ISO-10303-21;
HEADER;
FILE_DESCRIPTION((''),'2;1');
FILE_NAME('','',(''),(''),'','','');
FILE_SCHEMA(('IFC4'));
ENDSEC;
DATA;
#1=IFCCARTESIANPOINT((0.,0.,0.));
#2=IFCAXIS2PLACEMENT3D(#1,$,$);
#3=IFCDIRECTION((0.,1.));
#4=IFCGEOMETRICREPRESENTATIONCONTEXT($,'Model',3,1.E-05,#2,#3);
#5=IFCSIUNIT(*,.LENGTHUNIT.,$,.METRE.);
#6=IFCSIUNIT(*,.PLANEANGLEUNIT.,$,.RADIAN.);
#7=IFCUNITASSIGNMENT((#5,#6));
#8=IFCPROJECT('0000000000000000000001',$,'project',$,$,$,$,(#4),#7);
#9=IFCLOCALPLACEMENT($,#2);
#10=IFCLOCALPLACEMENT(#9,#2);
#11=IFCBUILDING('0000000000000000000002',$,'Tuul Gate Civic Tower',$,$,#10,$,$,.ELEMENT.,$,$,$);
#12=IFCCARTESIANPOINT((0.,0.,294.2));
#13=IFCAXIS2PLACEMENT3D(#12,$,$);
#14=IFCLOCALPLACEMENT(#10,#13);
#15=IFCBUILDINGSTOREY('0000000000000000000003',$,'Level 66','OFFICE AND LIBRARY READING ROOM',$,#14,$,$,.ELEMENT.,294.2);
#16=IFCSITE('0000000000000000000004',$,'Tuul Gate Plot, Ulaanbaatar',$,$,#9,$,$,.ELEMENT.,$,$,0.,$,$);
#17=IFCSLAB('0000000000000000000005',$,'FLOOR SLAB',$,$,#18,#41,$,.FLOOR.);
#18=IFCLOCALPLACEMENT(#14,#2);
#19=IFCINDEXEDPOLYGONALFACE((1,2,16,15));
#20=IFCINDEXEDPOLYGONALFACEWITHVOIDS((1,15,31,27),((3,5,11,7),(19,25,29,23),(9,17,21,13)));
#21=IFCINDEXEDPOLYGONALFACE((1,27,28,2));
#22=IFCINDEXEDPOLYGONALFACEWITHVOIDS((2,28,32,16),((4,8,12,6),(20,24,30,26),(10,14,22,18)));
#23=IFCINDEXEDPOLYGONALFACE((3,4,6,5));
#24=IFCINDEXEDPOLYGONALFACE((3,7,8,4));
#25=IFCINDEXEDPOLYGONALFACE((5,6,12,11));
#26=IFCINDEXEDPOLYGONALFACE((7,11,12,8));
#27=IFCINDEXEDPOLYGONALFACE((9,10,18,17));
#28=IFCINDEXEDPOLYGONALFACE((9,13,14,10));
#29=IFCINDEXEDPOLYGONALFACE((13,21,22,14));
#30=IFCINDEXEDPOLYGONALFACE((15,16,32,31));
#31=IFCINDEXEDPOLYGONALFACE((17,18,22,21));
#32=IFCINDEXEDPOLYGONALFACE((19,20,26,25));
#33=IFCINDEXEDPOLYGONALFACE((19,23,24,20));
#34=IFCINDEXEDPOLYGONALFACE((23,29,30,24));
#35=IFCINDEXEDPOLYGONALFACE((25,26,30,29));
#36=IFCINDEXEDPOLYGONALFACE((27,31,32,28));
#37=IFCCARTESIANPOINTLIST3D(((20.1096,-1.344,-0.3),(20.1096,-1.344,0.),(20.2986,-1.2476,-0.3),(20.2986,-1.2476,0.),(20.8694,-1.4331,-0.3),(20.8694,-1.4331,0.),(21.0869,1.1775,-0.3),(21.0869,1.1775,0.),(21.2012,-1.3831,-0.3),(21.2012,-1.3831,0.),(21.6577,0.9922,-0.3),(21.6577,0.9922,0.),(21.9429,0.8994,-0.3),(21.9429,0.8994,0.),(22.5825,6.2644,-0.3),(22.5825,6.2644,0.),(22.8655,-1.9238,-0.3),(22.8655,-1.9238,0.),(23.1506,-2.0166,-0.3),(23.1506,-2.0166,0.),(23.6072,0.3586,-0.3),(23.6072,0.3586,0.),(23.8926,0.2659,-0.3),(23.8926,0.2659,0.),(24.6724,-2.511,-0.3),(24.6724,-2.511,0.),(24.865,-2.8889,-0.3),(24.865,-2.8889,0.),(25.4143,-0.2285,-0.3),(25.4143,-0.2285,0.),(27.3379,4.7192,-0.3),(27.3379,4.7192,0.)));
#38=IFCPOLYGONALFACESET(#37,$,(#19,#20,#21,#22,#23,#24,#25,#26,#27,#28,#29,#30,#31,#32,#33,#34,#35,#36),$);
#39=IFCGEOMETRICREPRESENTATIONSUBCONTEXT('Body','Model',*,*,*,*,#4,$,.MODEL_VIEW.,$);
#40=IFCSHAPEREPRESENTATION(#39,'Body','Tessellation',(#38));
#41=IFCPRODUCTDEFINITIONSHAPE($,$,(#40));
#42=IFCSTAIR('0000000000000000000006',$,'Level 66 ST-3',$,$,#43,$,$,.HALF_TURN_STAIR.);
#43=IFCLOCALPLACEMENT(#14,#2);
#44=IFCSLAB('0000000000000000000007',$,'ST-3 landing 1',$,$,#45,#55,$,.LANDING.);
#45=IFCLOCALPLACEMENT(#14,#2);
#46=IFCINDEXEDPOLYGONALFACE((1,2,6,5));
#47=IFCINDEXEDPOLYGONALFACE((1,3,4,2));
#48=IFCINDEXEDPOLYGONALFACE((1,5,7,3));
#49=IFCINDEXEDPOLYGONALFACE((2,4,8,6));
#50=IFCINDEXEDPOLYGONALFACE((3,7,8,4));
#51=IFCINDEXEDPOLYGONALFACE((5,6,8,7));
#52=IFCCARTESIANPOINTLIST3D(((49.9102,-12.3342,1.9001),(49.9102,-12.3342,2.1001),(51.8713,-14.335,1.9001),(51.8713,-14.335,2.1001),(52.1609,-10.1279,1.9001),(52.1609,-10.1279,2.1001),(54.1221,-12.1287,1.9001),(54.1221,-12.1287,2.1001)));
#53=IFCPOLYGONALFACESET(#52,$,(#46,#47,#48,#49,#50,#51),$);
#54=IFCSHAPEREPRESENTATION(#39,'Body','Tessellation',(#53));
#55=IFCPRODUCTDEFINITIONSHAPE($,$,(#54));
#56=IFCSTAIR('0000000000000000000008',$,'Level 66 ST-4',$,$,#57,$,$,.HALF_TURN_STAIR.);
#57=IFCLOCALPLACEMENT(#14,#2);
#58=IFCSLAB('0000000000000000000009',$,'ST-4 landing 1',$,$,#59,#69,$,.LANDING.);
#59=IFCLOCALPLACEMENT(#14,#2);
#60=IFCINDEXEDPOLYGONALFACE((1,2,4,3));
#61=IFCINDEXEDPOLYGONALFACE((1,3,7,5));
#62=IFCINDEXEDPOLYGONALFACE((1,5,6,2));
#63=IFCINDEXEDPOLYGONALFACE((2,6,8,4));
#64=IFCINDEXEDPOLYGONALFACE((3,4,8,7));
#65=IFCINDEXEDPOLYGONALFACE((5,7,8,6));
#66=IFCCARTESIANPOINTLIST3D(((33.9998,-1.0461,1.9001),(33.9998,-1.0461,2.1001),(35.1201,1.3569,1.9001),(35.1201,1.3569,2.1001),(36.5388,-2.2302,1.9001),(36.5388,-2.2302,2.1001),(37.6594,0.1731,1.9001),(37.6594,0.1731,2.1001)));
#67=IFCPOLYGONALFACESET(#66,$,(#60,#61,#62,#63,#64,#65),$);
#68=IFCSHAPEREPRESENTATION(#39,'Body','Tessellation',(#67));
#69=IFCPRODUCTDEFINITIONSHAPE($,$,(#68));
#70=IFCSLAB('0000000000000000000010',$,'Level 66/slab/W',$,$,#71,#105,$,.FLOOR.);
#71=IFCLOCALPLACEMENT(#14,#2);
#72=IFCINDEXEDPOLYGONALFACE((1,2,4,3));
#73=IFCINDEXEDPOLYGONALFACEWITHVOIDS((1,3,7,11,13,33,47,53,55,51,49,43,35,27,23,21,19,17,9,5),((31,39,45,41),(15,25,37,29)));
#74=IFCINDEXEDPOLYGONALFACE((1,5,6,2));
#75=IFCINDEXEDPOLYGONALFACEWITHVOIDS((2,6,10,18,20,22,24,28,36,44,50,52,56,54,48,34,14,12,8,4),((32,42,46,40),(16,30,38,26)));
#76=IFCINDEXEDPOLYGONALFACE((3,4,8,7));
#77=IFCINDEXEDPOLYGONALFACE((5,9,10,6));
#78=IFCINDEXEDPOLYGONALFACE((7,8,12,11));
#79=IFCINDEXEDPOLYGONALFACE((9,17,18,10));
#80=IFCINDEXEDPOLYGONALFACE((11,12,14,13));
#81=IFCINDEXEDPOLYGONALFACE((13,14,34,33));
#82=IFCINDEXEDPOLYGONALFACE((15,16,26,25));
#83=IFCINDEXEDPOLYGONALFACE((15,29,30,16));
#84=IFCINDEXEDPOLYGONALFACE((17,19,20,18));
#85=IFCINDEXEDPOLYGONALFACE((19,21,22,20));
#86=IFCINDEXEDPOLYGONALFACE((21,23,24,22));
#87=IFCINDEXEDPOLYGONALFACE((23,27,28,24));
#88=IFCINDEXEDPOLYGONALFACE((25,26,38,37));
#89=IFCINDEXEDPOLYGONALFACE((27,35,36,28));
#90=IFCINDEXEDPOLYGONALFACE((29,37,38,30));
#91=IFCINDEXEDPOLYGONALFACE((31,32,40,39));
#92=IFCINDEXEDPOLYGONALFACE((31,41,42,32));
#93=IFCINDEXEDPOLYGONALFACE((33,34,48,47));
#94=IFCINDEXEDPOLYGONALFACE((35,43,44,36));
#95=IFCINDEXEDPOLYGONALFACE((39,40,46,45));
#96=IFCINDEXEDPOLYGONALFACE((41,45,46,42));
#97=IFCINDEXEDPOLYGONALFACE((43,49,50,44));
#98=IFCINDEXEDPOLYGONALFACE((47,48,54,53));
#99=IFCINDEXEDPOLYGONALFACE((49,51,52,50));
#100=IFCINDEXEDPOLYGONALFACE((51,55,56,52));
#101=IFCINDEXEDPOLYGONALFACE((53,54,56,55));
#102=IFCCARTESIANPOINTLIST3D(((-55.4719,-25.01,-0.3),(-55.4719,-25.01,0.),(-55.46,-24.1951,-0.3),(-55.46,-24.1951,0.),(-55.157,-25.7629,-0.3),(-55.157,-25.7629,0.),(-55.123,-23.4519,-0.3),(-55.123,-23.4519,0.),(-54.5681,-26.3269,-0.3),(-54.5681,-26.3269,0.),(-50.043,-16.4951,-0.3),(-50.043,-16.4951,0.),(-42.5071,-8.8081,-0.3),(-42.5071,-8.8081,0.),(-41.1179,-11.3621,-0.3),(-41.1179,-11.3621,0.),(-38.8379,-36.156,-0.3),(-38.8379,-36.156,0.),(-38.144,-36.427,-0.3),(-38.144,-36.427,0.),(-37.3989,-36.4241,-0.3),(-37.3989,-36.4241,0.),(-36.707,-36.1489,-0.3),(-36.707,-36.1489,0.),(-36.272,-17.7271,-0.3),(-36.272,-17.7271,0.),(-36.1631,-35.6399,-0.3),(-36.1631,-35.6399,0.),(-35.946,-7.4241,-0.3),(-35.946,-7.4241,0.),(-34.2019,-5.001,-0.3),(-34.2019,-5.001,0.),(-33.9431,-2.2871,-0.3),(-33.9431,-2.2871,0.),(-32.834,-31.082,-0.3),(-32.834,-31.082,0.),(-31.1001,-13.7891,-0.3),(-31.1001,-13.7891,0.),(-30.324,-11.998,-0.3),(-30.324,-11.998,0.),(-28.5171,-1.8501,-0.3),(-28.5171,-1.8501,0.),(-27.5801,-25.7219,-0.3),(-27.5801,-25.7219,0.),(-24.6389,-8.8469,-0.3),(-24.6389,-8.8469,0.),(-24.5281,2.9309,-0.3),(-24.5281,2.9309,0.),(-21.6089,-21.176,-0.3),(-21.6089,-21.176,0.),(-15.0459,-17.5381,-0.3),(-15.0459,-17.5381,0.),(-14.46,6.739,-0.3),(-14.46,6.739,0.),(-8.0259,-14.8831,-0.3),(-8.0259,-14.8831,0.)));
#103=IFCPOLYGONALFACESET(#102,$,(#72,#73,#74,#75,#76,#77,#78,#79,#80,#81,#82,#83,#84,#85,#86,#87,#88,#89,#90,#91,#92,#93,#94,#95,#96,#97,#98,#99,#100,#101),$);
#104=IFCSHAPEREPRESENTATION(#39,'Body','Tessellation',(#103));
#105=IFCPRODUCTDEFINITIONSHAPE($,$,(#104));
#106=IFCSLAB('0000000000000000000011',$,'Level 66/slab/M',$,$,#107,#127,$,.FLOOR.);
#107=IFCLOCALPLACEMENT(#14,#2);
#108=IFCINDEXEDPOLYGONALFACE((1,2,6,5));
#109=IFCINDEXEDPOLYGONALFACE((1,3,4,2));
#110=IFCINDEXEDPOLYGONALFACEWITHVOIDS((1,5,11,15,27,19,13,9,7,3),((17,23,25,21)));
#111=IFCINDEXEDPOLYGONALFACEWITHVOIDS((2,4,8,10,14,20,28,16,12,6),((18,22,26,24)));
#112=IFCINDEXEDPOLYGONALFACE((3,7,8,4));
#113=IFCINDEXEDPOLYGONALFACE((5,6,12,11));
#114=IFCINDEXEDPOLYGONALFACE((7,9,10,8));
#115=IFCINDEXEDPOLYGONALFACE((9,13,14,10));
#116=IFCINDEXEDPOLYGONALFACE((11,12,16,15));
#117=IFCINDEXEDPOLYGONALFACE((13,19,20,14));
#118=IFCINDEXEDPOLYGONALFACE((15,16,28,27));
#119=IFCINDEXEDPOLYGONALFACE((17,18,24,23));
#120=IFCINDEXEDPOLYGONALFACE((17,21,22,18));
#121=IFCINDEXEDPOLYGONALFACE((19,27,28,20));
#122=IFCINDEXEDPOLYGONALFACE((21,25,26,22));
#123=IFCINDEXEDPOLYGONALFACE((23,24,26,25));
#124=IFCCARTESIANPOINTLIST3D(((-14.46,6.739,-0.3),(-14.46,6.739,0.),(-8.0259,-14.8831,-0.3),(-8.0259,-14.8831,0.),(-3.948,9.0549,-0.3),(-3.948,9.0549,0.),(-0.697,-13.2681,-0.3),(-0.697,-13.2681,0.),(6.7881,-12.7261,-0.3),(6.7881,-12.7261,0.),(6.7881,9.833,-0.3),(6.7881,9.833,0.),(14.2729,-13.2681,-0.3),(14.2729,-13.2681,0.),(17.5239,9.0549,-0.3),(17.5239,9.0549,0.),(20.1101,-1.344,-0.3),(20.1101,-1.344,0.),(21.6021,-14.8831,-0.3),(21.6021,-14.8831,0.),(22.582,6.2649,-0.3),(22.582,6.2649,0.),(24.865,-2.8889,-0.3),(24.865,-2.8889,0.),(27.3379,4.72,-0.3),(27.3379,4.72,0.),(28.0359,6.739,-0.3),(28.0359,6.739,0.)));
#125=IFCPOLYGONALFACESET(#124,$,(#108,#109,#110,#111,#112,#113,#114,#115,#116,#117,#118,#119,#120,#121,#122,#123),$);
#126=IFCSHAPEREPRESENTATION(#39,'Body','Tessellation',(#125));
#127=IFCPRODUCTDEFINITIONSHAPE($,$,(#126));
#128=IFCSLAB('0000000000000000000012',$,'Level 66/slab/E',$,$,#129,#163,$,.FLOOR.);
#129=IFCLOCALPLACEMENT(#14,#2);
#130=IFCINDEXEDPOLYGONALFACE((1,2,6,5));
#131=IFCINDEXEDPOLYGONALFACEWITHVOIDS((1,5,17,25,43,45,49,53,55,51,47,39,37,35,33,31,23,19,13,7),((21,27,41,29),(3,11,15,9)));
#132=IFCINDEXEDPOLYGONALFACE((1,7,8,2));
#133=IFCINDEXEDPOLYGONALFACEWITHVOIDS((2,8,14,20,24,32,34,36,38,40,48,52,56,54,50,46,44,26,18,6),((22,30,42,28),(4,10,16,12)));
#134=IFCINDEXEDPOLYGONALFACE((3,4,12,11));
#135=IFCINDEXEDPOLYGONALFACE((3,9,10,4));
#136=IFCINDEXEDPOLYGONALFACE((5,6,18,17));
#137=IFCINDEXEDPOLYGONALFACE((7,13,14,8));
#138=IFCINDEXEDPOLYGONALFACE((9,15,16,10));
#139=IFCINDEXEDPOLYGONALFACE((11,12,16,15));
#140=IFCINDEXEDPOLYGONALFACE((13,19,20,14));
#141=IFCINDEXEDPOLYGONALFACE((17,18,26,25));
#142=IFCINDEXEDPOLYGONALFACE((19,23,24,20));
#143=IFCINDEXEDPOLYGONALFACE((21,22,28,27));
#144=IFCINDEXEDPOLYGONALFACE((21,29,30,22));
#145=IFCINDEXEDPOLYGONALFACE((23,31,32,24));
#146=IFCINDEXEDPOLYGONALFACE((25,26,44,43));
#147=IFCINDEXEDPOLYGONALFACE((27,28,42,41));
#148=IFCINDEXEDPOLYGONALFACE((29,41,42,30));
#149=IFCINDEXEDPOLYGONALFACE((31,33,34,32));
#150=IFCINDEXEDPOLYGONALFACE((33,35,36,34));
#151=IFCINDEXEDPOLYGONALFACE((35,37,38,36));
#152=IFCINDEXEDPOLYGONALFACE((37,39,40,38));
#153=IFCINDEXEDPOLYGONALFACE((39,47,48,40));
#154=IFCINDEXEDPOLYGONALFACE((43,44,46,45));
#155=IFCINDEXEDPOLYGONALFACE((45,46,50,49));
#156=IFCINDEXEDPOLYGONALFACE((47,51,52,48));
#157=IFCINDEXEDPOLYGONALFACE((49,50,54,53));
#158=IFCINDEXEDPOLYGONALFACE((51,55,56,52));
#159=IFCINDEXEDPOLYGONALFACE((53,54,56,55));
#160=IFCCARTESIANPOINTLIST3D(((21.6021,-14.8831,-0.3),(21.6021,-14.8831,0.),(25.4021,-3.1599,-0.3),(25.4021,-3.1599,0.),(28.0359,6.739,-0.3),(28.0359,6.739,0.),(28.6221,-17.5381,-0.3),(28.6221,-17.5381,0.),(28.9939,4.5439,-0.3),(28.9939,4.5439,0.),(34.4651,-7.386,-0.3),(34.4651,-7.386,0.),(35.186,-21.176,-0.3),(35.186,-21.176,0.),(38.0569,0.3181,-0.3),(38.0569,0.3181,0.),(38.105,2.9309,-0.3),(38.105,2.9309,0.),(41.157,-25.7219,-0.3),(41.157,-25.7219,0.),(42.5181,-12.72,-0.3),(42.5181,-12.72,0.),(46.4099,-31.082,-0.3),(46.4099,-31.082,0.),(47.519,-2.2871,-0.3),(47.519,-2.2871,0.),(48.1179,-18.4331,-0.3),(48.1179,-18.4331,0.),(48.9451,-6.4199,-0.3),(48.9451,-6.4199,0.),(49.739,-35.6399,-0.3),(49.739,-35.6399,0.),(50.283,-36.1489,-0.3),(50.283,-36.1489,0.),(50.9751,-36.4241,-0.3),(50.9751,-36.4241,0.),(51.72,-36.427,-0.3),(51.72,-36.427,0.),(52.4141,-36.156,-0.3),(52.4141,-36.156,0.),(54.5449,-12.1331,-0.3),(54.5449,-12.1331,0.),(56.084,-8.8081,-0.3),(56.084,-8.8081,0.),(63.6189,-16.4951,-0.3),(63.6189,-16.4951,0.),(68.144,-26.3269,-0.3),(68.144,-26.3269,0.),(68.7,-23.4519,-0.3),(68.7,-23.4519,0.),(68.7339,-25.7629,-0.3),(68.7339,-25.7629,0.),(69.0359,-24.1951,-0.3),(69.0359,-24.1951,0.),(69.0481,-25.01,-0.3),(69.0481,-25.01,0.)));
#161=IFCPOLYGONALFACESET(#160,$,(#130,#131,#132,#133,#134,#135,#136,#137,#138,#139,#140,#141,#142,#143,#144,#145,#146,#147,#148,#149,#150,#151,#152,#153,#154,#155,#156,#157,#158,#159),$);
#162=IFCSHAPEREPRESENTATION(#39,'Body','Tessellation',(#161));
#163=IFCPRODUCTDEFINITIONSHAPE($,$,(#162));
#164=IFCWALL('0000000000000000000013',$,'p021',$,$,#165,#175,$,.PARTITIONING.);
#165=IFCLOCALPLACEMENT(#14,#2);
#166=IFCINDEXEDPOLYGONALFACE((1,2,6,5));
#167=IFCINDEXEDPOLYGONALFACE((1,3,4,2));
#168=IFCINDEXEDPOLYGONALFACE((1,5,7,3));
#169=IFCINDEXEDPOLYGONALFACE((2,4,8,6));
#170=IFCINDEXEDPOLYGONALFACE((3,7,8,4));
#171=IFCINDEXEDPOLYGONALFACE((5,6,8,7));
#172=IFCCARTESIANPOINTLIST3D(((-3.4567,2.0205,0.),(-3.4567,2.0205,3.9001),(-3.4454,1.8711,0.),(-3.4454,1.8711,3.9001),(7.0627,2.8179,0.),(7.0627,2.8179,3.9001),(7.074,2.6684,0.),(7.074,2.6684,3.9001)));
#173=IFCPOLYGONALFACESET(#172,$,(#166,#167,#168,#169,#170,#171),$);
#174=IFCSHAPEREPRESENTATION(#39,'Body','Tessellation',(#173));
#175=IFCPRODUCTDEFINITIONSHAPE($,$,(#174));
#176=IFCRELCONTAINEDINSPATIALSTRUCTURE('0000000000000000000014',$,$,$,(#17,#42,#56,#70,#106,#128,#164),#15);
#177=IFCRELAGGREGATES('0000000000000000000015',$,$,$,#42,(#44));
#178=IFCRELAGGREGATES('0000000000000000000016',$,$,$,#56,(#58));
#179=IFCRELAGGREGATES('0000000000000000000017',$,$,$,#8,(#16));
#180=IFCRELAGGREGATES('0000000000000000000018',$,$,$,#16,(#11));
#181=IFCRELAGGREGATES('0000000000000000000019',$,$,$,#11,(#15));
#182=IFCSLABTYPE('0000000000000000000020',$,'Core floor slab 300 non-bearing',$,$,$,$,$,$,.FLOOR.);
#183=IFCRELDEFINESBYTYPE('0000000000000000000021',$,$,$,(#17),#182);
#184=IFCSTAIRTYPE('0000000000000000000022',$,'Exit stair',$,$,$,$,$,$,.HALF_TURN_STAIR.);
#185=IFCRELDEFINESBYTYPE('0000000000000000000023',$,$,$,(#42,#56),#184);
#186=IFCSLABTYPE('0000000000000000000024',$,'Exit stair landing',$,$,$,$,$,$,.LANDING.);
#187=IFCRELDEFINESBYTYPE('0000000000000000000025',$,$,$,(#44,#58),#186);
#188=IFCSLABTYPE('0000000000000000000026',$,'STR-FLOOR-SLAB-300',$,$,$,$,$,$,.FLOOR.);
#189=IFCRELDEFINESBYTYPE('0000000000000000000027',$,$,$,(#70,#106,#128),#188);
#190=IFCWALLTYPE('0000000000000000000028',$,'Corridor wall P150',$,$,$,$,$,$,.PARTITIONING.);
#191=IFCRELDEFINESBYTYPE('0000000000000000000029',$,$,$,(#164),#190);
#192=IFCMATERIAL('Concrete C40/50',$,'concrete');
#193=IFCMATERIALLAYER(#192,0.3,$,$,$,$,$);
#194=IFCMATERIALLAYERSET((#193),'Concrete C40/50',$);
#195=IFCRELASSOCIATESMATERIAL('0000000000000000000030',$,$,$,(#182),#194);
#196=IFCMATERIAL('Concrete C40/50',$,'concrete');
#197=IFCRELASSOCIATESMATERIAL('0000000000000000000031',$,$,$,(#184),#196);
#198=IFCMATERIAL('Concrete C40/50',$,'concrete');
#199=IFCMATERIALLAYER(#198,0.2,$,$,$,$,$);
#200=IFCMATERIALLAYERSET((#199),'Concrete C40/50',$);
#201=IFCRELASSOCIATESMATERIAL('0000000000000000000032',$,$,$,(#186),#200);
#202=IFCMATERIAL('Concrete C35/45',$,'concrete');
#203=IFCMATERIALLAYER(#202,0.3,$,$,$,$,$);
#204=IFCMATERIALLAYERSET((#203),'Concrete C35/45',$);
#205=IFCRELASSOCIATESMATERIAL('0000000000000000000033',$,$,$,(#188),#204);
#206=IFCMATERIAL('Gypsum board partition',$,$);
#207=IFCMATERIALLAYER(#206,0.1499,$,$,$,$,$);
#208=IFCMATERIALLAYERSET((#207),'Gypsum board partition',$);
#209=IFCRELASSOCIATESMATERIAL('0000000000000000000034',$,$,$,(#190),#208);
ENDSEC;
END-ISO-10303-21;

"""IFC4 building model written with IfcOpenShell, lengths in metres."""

from ifc_helpers import new_model, si_unit, direction, frame, frame_2d, origin, place, context, subcontext, project, spatial, polyline, rectangle, outline, extrude, material, layer, layer_set, type_object, element, aggregate, save


model = new_model("IFC4")

# Units and contexts
model_context = context("Model", 3, precision=1e-05, world=origin(), true_north=direction((0.0, 1.0)))
body_context = subcontext(model_context, "Body", "Model", "MODEL_VIEW")
ifc_project = project(units=[si_unit("LENGTHUNIT", "METRE"), si_unit("PLANEANGLEUNIT", "RADIAN")], contexts=[model_context])

# Site, building, storey
site_placement = place(None, origin())
site = spatial("IfcSite", under=ifc_project, at=site_placement, Name="Tuul Gate Plot, Ulaanbaatar", CompositionType="ELEMENT", RefElevation=0.0)
building_placement = place(site_placement, origin())
building = spatial("IfcBuilding", under=site, at=building_placement, Name="Tuul Gate Civic Tower", CompositionType="ELEMENT")
storey_placement = place(building_placement, frame((0.0, 0.0, 294.2)))
storey = spatial("IfcBuildingStorey", under=building, at=storey_placement, Name="Level 66", Description="OFFICE AND LIBRARY READING ROOM", CompositionType="ELEMENT", Elevation=294.2)

# Slab
ifc_material_1 = material(Name="Concrete C40/50", Category="concrete")
ifc_layer_1 = layer(ifc_material_1, 0.3)
ifc_layer_set_1 = layer_set([ifc_layer_1], Name="Concrete C40/50")
slab_type_1 = type_object("IfcSlabType", Name="Core floor slab 300 non-bearing", PredefinedType="FLOOR", material=ifc_layer_set_1)
slab_1_placement = place(storey_placement, frame((0.0, 0.0, -0.3)))
element("IfcSlab", 1, at=slab_1_placement, inside=storey, type_object=slab_type_1, Name="FLOOR SLAB", PredefinedType="FLOOR", context=body_context, shape_type="SweptSolid", body=[
    extrude(outline(polyline([(24.865, -2.8889), (27.3379, 4.7192), (22.5825, 6.2644), (20.1096, -1.344), (24.865, -2.8889)]), holes=[polyline([(24.6724, -2.511), (25.4143, -0.2285), (23.8926, 0.2659), (23.1506, -2.0166), (24.6724, -2.511)]), polyline([(22.8655, -1.9238), (23.6072, 0.3586), (21.9429, 0.8994), (21.2012, -1.3831), (22.8655, -1.9238)]), polyline([(20.8694, -1.4331), (21.6577, 0.9922), (21.0869, 1.1775), (20.2986, -1.2476), (20.8694, -1.4331)])]), origin(), (0.0, 0.0, 1.0), 0.3),
])

# Stairs, slabs
ifc_material_2 = material(Name="Concrete C40/50", Category="concrete")
stair_type = type_object("IfcStairType", Name="Exit stair", PredefinedType="HALF_TURN_STAIR", material=ifc_material_2)
stair_1_placement = place(storey_placement, origin())
stair_1 = element("IfcStair", 2, at=stair_1_placement, inside=storey, type_object=stair_type, Name="Level 66 ST-3", PredefinedType="HALF_TURN_STAIR")
ifc_material_3 = material(Name="Concrete C40/50", Category="concrete")
ifc_layer_2 = layer(ifc_material_3, 0.2)
ifc_layer_set_2 = layer_set([ifc_layer_2], Name="Concrete C40/50")
slab_type_2 = type_object("IfcSlabType", Name="Exit stair landing", PredefinedType="LANDING", material=ifc_layer_set_2)
slab_2_placement = place(storey_placement, frame((0.0, 0.0, 1.9001)))
slab_2 = element("IfcSlab", 3, at=slab_2_placement, type_object=slab_type_2, Name="ST-3 landing 1", PredefinedType="LANDING", context=body_context, shape_type="SweptSolid", body=[
    extrude(outline(polyline([(51.8713, -14.335), (49.9102, -12.3342), (52.1609, -10.1279), (54.1221, -12.1287), (51.8713, -14.335)])), origin(), (0.0, 0.0, 1.0), 0.2),
])
aggregate(stair_1, [slab_2])
stair_2_placement = place(storey_placement, origin())
stair_2 = element("IfcStair", 4, at=stair_2_placement, inside=storey, type_object=stair_type, Name="Level 66 ST-4", PredefinedType="HALF_TURN_STAIR")
slab_3_placement = place(storey_placement, frame((0.0, 0.0, 1.9001)))
slab_3 = element("IfcSlab", 5, at=slab_3_placement, type_object=slab_type_2, Name="ST-4 landing 1", PredefinedType="LANDING", context=body_context, shape_type="SweptSolid", body=[
    extrude(outline(polyline([(36.5388, -2.2302), (33.9998, -1.0461), (35.1201, 1.3569), (37.6594, 0.1731), (36.5388, -2.2302)])), origin(), (0.0, 0.0, 1.0), 0.2),
])
aggregate(stair_2, [slab_3])

# Slabs
ifc_material_4 = material(Name="Concrete C35/45", Category="concrete")
ifc_layer_3 = layer(ifc_material_4, 0.3)
ifc_layer_set_3 = layer_set([ifc_layer_3], Name="Concrete C35/45")
slab_type_3 = type_object("IfcSlabType", Name="STR-FLOOR-SLAB-300", PredefinedType="FLOOR", material=ifc_layer_set_3)
slab_4_placement = place(storey_placement, frame((0.0, 0.0, -0.3)))
element("IfcSlab", 6, at=slab_4_placement, inside=storey, type_object=slab_type_3, Name="Level 66/slab/W", PredefinedType="FLOOR", context=body_context, shape_type="SweptSolid", body=[
    extrude(outline(polyline([(-8.0259, -14.8831), (-14.46, 6.739), (-24.5281, 2.9309), (-33.9431, -2.2871), (-42.5071, -8.8081), (-50.043, -16.4951), (-55.123, -23.4519), (-55.46, -24.1951), (-55.4719, -25.01), (-55.157, -25.7629), (-54.5681, -26.3269), (-38.8379, -36.156), (-38.144, -36.427), (-37.3989, -36.4241), (-36.707, -36.1489), (-36.1631, -35.6399), (-32.834, -31.082), (-27.5801, -25.7219), (-21.6089, -21.176), (-15.0459, -17.5381), (-8.0259, -14.8831)]), holes=[polyline([(-31.1001, -13.7891), (-36.272, -17.7271), (-41.1179, -11.3621), (-35.946, -7.4241), (-31.1001, -13.7891)]), polyline([(-24.6389, -8.8469), (-30.324, -11.998), (-34.2019, -5.001), (-28.5171, -1.8501), (-24.6389, -8.8469)])]), origin(), (0.0, 0.0, 1.0), 0.3),
])
slab_5_placement = place(storey_placement, frame((0.0, 0.0, -0.3)))
element("IfcSlab", 7, at=slab_5_placement, inside=storey, type_object=slab_type_3, Name="Level 66/slab/M", PredefinedType="FLOOR", context=body_context, shape_type="SweptSolid", body=[
    extrude(outline(polyline([(21.6021, -14.8831), (28.0359, 6.739), (17.5239, 9.0549), (6.7881, 9.833), (-3.948, 9.0549), (-14.46, 6.739), (-8.0259, -14.8831), (-0.697, -13.2681), (6.7881, -12.7261), (14.2729, -13.2681), (21.6021, -14.8831)]), holes=[polyline([(20.1101, -1.344), (22.582, 6.2649), (27.3379, 4.72), (24.865, -2.8889), (20.1101, -1.344)])]), origin(), (0.0, 0.0, 1.0), 0.3),
])
slab_6_placement = place(storey_placement, frame((0.0, 0.0, -0.3)))
element("IfcSlab", 8, at=slab_6_placement, inside=storey, type_object=slab_type_3, Name="Level 66/slab/E", PredefinedType="FLOOR", context=body_context, shape_type="SweptSolid", body=[
    extrude(outline(polyline([(51.72, -36.427), (52.4141, -36.156), (68.144, -26.3269), (68.7339, -25.7629), (69.0481, -25.01), (69.0359, -24.1951), (68.7, -23.4519), (63.6189, -16.4951), (56.084, -8.8081), (47.519, -2.2871), (38.105, 2.9309), (28.0359, 6.739), (21.6021, -14.8831), (28.6221, -17.5381), (35.186, -21.176), (41.157, -25.7219), (46.4099, -31.082), (49.739, -35.6399), (50.283, -36.1489), (50.9751, -36.4241), (51.72, -36.427)]), holes=[polyline([(48.1179, -18.4331), (42.5181, -12.72), (48.9451, -6.4199), (54.5449, -12.1331), (48.1179, -18.4331)]), polyline([(25.4021, -3.1599), (28.9939, 4.5439), (38.0569, 0.3181), (34.4651, -7.386), (25.4021, -3.1599)])]), origin(), (0.0, 0.0, 1.0), 0.3),
])

# Wall
ifc_material_5 = material(Name="Gypsum board partition")
ifc_layer_4 = layer(ifc_material_5, 0.1499)
ifc_layer_set_4 = layer_set([ifc_layer_4], Name="Gypsum board partition")
wall_type_1 = type_object("IfcWallType", Name="Corridor wall P150", PredefinedType="PARTITIONING", material=ifc_layer_set_4)
wall_1_placement = place(storey_placement, frame((-3.4512, 1.9458, 0.0), z_axis=(0.0, 0.0, 1.0), x_axis=(0.997139, 0.075583, 0.0)))
element("IfcWall", 9, at=wall_1_placement, inside=storey, type_object=wall_type_1, Name="p021", PredefinedType="PARTITIONING", context=body_context, shape_type="SweptSolid", body=[
    extrude(rectangle(XDim=10.5496, YDim=0.1499, at=frame_2d((5.2749, 0.0))), origin(), (0.0, 0.0, 1.0), 3.9001),
])

save(model, "model.ifc")
